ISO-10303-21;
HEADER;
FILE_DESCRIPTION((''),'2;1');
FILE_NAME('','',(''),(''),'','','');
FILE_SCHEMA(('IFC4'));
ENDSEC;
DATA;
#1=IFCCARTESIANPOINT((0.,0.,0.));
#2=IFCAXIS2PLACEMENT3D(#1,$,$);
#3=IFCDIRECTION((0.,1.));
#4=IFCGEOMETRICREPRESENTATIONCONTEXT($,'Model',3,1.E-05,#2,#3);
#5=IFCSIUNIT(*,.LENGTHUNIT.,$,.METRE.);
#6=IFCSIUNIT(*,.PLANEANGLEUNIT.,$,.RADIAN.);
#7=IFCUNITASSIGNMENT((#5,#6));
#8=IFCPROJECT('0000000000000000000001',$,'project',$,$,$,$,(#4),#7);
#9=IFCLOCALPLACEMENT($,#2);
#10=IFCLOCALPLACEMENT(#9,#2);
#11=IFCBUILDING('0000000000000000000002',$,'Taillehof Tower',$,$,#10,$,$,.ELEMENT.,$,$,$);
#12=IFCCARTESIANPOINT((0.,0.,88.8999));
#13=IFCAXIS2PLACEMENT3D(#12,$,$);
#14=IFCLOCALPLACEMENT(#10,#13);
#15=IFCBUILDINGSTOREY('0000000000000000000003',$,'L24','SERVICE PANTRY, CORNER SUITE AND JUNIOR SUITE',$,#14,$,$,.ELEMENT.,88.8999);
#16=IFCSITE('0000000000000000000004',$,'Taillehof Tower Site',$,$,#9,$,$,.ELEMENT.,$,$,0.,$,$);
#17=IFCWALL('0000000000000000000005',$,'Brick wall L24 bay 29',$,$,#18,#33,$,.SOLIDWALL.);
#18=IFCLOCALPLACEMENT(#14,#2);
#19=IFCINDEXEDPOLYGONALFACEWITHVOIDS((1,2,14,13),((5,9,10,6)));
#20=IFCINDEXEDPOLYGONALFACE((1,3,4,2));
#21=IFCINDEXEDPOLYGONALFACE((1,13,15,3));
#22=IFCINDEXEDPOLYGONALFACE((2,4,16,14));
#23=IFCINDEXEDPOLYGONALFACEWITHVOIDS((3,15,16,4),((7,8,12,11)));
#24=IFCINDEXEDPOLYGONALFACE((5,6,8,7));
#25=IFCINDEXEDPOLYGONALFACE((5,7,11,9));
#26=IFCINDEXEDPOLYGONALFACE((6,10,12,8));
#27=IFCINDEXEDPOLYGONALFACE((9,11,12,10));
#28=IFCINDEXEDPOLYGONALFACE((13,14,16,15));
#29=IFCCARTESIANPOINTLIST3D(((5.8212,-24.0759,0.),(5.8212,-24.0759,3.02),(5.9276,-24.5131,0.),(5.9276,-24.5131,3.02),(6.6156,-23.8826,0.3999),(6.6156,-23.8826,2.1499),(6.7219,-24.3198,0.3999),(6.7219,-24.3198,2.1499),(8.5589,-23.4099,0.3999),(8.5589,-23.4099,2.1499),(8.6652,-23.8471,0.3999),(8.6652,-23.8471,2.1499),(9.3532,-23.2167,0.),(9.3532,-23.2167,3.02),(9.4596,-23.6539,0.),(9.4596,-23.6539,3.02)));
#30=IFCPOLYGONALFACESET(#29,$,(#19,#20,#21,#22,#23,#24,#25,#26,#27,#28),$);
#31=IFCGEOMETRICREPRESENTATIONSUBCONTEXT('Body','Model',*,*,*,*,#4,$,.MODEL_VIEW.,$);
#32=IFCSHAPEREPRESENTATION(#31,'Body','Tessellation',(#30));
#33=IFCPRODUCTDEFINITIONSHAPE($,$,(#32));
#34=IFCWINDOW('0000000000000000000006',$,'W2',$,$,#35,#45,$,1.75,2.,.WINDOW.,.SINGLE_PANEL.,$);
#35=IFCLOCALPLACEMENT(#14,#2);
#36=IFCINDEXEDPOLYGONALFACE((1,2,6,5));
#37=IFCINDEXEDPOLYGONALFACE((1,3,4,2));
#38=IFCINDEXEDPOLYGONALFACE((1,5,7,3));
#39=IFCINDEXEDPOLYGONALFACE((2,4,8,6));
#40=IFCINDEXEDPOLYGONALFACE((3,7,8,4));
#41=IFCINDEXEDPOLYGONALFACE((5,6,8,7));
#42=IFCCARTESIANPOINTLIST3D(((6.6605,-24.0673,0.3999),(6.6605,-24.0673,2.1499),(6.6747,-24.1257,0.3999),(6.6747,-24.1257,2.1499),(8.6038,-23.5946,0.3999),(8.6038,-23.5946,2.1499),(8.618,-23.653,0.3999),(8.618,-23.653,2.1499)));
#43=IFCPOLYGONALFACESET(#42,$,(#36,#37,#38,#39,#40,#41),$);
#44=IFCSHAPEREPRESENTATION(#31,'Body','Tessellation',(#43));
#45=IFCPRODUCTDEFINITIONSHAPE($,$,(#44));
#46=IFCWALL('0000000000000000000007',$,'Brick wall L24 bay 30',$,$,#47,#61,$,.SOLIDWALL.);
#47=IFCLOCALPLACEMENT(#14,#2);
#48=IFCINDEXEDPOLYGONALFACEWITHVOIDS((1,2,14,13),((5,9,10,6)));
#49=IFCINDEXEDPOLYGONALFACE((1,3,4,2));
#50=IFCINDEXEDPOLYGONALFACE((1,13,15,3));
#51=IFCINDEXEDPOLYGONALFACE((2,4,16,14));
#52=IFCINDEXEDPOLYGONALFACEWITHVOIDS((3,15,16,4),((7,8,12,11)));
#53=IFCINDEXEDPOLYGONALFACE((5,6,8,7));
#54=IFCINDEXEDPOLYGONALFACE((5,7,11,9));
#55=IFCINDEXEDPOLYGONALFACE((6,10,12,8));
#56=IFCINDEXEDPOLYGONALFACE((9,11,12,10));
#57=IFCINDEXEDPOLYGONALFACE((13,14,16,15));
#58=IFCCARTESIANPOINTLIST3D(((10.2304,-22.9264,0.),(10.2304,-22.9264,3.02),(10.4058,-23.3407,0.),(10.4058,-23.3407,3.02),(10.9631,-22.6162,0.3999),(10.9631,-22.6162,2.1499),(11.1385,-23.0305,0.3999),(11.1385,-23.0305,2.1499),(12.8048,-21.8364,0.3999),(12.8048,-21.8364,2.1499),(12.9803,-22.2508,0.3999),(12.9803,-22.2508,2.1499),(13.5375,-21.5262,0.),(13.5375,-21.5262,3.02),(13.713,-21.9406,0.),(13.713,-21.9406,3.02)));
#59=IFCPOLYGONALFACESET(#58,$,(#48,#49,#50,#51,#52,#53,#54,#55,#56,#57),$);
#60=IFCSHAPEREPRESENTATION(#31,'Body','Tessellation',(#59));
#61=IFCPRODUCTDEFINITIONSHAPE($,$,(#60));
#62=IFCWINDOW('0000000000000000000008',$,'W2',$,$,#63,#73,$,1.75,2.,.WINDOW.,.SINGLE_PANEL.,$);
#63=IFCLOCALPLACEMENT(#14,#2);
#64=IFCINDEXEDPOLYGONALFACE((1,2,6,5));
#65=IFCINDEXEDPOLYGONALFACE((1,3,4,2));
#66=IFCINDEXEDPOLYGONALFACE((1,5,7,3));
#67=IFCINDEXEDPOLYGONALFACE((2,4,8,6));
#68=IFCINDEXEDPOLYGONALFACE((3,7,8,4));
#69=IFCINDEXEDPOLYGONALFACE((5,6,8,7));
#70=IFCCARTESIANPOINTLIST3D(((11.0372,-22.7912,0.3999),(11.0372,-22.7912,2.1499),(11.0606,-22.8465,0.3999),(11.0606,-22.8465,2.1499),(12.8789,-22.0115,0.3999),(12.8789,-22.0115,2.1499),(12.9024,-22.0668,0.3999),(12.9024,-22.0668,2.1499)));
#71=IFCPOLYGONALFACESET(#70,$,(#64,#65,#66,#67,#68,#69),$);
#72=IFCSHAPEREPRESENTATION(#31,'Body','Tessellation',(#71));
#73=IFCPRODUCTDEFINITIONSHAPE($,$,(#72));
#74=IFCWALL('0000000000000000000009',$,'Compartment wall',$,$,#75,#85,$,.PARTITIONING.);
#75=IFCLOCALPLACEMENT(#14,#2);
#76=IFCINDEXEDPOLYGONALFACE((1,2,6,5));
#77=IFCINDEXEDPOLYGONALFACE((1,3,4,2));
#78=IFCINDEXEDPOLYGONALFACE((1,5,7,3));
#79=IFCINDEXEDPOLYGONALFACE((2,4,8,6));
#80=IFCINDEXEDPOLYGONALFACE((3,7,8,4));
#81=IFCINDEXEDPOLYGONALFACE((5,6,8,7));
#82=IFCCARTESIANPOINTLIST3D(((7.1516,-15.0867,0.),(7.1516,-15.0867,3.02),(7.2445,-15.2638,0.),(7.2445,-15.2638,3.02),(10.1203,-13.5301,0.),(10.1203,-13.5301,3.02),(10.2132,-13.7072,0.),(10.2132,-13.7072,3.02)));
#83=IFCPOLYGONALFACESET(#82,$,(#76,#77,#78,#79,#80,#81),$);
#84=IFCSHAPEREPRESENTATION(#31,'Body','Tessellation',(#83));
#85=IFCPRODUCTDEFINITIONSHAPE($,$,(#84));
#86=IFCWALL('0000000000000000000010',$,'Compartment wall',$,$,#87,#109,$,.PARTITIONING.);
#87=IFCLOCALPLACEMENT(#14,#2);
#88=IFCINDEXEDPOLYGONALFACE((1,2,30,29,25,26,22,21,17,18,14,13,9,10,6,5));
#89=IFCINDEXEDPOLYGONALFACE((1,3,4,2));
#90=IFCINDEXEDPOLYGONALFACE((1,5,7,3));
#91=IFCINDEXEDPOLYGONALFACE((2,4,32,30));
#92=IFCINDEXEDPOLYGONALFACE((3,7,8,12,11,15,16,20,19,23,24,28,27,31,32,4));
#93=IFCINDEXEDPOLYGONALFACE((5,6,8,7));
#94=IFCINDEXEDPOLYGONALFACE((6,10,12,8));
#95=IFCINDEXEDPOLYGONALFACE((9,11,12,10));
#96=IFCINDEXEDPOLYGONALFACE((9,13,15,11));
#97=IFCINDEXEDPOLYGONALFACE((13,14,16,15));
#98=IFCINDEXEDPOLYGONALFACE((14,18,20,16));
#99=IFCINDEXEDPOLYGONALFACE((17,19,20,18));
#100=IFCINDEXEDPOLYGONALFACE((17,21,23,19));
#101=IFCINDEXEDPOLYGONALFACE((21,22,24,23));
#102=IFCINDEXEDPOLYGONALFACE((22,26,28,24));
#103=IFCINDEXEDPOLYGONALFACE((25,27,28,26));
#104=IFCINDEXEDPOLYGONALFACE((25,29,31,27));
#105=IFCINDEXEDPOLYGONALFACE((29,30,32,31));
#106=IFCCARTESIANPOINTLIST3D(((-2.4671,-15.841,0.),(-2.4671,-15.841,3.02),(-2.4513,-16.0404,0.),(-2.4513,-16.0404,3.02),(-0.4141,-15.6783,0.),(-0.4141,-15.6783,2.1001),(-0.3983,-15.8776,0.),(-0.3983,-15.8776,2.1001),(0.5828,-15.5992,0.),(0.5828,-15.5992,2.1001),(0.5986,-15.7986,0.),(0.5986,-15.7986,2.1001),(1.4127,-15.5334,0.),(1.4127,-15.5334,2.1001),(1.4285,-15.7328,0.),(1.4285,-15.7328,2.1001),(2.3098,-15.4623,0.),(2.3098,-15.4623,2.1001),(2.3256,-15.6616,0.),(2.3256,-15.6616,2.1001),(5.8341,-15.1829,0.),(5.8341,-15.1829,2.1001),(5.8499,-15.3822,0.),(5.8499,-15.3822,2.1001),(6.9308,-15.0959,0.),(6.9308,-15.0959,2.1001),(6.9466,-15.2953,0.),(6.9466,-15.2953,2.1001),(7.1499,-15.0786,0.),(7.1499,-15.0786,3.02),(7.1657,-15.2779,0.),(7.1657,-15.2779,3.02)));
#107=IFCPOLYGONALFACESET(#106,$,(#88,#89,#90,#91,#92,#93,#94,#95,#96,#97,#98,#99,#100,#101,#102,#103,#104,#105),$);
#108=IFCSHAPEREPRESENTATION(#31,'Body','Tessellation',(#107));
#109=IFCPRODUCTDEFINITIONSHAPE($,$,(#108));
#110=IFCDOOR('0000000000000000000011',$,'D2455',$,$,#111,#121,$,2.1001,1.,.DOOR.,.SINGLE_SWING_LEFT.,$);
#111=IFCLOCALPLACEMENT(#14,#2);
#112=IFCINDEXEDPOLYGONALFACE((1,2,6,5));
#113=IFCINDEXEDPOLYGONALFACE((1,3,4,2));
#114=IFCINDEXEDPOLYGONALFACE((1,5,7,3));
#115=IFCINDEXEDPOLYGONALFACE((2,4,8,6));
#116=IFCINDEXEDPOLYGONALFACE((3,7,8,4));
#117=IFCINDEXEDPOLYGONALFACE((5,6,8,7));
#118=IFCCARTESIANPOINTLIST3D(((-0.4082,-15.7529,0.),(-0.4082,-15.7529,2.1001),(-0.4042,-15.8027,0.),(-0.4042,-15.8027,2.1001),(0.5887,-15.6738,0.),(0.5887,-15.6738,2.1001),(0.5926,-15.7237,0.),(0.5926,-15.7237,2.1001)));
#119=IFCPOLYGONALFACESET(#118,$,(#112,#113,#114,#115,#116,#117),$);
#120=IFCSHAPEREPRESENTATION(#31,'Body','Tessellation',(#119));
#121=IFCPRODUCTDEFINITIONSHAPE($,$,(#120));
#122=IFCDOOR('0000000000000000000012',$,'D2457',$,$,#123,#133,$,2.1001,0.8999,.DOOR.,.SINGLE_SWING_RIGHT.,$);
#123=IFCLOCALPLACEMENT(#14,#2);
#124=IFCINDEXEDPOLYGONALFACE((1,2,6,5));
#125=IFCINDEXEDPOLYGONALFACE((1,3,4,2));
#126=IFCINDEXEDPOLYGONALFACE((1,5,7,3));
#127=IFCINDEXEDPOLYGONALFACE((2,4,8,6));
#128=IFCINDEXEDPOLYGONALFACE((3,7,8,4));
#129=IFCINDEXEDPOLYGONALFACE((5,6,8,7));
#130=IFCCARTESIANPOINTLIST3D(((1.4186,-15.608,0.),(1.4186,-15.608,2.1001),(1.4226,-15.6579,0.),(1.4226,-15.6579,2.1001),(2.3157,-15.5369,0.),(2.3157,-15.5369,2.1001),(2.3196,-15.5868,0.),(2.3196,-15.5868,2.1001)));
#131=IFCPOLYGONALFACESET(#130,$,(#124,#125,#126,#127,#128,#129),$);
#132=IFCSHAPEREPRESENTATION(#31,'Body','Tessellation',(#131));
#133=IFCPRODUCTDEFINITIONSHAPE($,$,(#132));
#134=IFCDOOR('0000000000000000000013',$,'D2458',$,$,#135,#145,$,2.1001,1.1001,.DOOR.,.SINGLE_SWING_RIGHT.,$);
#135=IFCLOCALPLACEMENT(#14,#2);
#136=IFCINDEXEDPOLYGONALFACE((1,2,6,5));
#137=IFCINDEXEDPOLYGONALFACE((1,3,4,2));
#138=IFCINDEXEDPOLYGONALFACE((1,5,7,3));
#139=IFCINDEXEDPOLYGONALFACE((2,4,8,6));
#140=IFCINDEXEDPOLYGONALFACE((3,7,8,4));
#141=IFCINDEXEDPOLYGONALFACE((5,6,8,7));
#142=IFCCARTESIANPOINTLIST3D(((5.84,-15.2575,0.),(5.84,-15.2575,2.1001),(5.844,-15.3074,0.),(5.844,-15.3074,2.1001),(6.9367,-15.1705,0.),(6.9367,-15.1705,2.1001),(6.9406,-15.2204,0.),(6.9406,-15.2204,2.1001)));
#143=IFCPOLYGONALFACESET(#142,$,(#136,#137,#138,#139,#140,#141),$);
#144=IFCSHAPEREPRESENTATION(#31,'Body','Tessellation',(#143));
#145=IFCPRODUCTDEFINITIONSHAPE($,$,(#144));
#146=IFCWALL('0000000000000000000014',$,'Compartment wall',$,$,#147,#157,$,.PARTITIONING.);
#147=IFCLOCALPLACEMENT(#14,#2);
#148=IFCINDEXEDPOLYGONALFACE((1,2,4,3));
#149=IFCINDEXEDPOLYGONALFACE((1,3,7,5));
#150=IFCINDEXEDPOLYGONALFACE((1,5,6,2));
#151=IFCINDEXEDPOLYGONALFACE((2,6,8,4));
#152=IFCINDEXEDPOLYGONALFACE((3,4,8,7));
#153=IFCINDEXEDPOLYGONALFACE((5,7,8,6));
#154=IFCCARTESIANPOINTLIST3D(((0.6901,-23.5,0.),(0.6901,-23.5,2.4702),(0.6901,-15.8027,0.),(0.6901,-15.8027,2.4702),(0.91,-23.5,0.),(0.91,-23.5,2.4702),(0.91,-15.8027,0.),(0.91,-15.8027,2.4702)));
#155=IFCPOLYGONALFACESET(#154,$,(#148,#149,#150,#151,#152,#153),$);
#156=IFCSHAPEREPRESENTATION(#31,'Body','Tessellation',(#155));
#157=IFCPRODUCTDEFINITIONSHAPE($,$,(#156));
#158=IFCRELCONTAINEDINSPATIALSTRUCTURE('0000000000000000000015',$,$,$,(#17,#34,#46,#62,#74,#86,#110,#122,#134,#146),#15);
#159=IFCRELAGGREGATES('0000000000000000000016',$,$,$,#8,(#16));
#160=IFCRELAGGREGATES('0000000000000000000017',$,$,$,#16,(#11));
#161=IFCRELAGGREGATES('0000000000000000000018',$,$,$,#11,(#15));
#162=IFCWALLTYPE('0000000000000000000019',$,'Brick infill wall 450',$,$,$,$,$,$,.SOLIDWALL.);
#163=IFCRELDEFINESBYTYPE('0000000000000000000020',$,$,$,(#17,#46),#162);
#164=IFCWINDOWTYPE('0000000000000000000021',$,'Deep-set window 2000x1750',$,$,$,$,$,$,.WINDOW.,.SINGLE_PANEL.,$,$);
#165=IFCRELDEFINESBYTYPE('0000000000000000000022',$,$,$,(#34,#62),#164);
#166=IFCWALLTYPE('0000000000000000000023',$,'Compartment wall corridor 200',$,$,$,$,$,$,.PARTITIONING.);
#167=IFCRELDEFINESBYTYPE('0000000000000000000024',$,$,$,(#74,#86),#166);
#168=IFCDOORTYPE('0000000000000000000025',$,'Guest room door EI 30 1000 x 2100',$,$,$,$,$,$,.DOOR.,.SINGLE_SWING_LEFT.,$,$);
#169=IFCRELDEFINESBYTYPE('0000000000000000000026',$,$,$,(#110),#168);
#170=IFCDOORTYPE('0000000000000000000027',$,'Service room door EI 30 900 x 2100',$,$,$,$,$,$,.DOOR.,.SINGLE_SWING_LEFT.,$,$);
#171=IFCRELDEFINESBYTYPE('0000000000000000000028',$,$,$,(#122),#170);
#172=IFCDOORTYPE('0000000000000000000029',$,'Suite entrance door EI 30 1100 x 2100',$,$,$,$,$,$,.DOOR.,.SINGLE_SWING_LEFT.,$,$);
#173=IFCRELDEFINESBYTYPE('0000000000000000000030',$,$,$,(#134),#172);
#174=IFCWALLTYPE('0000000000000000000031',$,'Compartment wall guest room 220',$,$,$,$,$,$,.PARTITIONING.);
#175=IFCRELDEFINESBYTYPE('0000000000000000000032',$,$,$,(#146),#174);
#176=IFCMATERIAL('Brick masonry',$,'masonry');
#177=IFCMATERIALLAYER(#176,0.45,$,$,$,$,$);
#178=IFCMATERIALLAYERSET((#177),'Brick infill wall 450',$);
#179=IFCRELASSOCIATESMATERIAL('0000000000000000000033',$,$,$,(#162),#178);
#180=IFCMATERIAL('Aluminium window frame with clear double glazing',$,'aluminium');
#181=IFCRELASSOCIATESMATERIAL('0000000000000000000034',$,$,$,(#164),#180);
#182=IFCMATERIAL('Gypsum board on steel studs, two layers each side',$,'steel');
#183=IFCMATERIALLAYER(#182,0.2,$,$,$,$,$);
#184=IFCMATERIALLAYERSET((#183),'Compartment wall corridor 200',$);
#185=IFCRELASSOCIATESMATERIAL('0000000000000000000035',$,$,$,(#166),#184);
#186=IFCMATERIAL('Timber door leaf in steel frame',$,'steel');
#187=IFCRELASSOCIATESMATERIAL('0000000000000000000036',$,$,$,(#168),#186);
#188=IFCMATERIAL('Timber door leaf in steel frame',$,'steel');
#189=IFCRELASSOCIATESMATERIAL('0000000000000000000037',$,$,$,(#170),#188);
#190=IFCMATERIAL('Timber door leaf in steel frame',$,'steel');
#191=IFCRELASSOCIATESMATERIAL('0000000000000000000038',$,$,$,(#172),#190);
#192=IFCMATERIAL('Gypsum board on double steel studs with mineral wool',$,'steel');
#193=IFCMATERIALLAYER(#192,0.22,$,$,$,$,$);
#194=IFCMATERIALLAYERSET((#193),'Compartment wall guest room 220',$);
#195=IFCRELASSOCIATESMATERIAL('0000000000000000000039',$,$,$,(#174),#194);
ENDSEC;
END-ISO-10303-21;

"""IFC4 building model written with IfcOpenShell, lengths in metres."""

from ifc_helpers import new_model, si_unit, direction, frame, frame_2d, origin, place, context, subcontext, project, spatial, rectangle, extrude, material, layer, layer_set, type_object, element, fill, save


model = new_model("IFC4")

# Units and contexts
model_context = context("Model", 3, precision=1e-05, world=origin(), true_north=direction((0.0, 1.0)))
body_context = subcontext(model_context, "Body", "Model", "MODEL_VIEW")
ifc_project = project(units=[si_unit("LENGTHUNIT", "METRE"), si_unit("PLANEANGLEUNIT", "RADIAN")], contexts=[model_context])

# Site, building, storey
site_placement = place(None, origin())
site = spatial("IfcSite", under=ifc_project, at=site_placement, Name="Taillehof Tower Site", CompositionType="ELEMENT", RefElevation=0.0)
building_placement = place(site_placement, origin())
building = spatial("IfcBuilding", under=site, at=building_placement, Name="Taillehof Tower", CompositionType="ELEMENT")
storey_placement = place(building_placement, frame((0.0, 0.0, 88.8999)))
storey = spatial("IfcBuildingStorey", under=building, at=storey_placement, Name="L24", Description="SERVICE PANTRY, CORNER SUITE AND JUNIOR SUITE", CompositionType="ELEMENT", Elevation=88.8999)

# Walls, openings, windows
ifc_material_1 = material(Name="Brick masonry", Category="masonry")
ifc_layer_1 = layer(ifc_material_1, 0.45)
ifc_layer_set_1 = layer_set([ifc_layer_1], Name="Brick infill wall 450")
wall_type_1 = type_object("IfcWallType", Name="Brick infill wall 450", PredefinedType="SOLIDWALL", material=ifc_layer_set_1)
ifc_material_2 = material(Name="Aluminium window frame with clear double glazing", Category="aluminium")
window_type = type_object("IfcWindowType", Name="Deep-set window 2000x1750", PartitioningType="SINGLE_PANEL", PredefinedType="WINDOW", material=ifc_material_2)
wall_1_placement = place(storey_placement, frame((5.8745, -24.2944, 0.0), z_axis=(0.0, 0.0, 1.0), x_axis=(0.971668, 0.236352, 0.0)))
wall_1 = element("IfcWall", 1, at=wall_1_placement, inside=storey, type_object=wall_type_1, Name="Brick wall L24 bay 29", PredefinedType="SOLIDWALL", context=body_context, shape_type="SweptSolid", body=[
    extrude(rectangle(XDim=3.635, YDim=0.45, at=frame_2d((1.8174, 0.0))), origin(), (0.0, 0.0, 1.0), 3.02),
])
opening_1_placement = place(wall_1_placement, frame((0.8174, 0.0, 0.3999)))
opening_1 = element("IfcOpeningElement", 2, at=opening_1_placement, cuts=wall_1, PredefinedType="OPENING", context=body_context, shape_type="SweptSolid", body=[
    extrude(rectangle(XDim=2.0, YDim=1.75, at=frame_2d((1.0, 0.875))), frame((0.0, 0.2349, 0.0), z_axis=(0.0, -1.0, 0.0), x_axis=(1.0, 0.0, 0.0)), (0.0, 0.0, 1.0), 0.47),
])
window_1_placement = place(opening_1_placement, origin())
window_1 = element("IfcWindow", 3, at=window_1_placement, inside=storey, type_object=window_type, Name="W2", OverallHeight=1.75, OverallWidth=2.0, PartitioningType="SINGLE_PANEL", PredefinedType="WINDOW", context=body_context, shape_type="SweptSolid", body=[
    extrude(rectangle(XDim=2.0, YDim=1.75, at=frame_2d((1.0, 0.875))), frame((0.0, 0.0349, 0.0), z_axis=(0.0, -1.0, 0.0), x_axis=(1.0, 0.0, 0.0)), (0.0, 0.0, 1.0), 0.0601),
])
fill(opening_1, window_1)
wall_2_placement = place(storey_placement, frame((10.3181, -23.1335, 0.0), z_axis=(0.0, 0.0, 1.0), x_axis=(0.92087, 0.389871, 0.0)))
wall_2 = element("IfcWall", 4, at=wall_2_placement, inside=storey, type_object=wall_type_1, Name="Brick wall L24 bay 30", PredefinedType="SOLIDWALL", context=body_context, shape_type="SweptSolid", body=[
    extrude(rectangle(XDim=3.5913, YDim=0.45, at=frame_2d((1.7957, 0.0))), origin(), (0.0, 0.0, 1.0), 3.02),
])
opening_2_placement = place(wall_2_placement, frame((0.7957, 0.0, 0.3999)))
opening_2 = element("IfcOpeningElement", 5, at=opening_2_placement, cuts=wall_2, PredefinedType="OPENING", context=body_context, shape_type="SweptSolid", body=[
    extrude(rectangle(XDim=2.0, YDim=1.75, at=frame_2d((1.0, 0.875))), frame((0.0, 0.2349, 0.0), z_axis=(0.0, -1.0, 0.0), x_axis=(1.0, 0.0, 0.0)), (0.0, 0.0, 1.0), 0.47),
])
window_2_placement = place(opening_2_placement, origin())
window_2 = element("IfcWindow", 6, at=window_2_placement, inside=storey, type_object=window_type, Name="W2", OverallHeight=1.75, OverallWidth=2.0, PartitioningType="SINGLE_PANEL", PredefinedType="WINDOW", context=body_context, shape_type="SweptSolid", body=[
    extrude(rectangle(XDim=2.0, YDim=1.75, at=frame_2d((1.0, 0.875))), frame((0.0, 0.0349, 0.0), z_axis=(0.0, -1.0, 0.0), x_axis=(1.0, 0.0, 0.0)), (0.0, 0.0, 1.0), 0.0601),
])
fill(opening_2, window_2)

# Wall
ifc_material_3 = material(Name="Gypsum board on steel studs, two layers each side", Category="steel")
ifc_layer_2 = layer(ifc_material_3, 0.2)
ifc_layer_set_2 = layer_set([ifc_layer_2], Name="Compartment wall corridor 200")
wall_type_2 = type_object("IfcWallType", Name="Compartment wall corridor 200", PredefinedType="PARTITIONING", material=ifc_layer_set_2)
wall_3_placement = place(storey_placement, frame((10.1667, -13.6187, 0.0), z_axis=(0.0, 0.0, 1.0), x_axis=(-0.885638, -0.464377, 0.0)))
element("IfcWall", 7, at=wall_3_placement, inside=storey, type_object=wall_type_2, Name="Compartment wall", PredefinedType="PARTITIONING", context=body_context, shape_type="SweptSolid", body=[
    extrude(rectangle(XDim=3.3521, YDim=0.2, at=frame_2d((1.676, 0.0))), origin(), (0.0, 0.0, 1.0), 3.02),
])

# Wall, openings, doors
wall_4_placement = place(storey_placement, frame((7.158, -15.1782, 0.0), z_axis=(0.0, 0.0, 1.0), x_axis=(-0.996872, -0.079034, 0.0)))
wall_4 = element("IfcWall", 8, at=wall_4_placement, inside=storey, type_object=wall_type_2, Name="Compartment wall", PredefinedType="PARTITIONING", context=body_context, shape_type="SweptSolid", body=[
    extrude(rectangle(XDim=9.6472, YDim=0.2, at=frame_2d((4.8237, 0.0))), origin(), (0.0, 0.0, 1.0), 3.02),
])
opening_3_placement = place(wall_4_placement, frame((6.5879, 0.0, 0.0)))
opening_3 = element("IfcOpeningElement", 9, at=opening_3_placement, cuts=wall_4, PredefinedType="OPENING", context=body_context, shape_type="SweptSolid", body=[
    extrude(rectangle(XDim=1.0, YDim=2.1001, at=frame_2d((0.5, 1.05))), frame((0.0, 0.1099, 0.0), z_axis=(0.0, -1.0, 0.0), x_axis=(1.0, 0.0, 0.0)), (0.0, 0.0, 1.0), 0.22),
])
opening_4_placement = place(wall_4_placement, frame((4.8555, 0.0, 0.0)))
opening_4 = element("IfcOpeningElement", 10, at=opening_4_placement, cuts=wall_4, PredefinedType="OPENING", context=body_context, shape_type="SweptSolid", body=[
    extrude(rectangle(XDim=0.8999, YDim=2.1001, at=frame_2d((0.45, 1.05))), frame((0.0, 0.1099, 0.0), z_axis=(0.0, -1.0, 0.0), x_axis=(1.0, 0.0, 0.0)), (0.0, 0.0, 1.0), 0.22),
])
opening_5_placement = place(wall_4_placement, frame((0.22, 0.0, 0.0)))
opening_5 = element("IfcOpeningElement", 11, at=opening_5_placement, cuts=wall_4, PredefinedType="OPENING", context=body_context, shape_type="SweptSolid", body=[
    extrude(rectangle(XDim=1.1001, YDim=2.1001, at=frame_2d((0.55, 1.05))), frame((0.0, 0.1099, 0.0), z_axis=(0.0, -1.0, 0.0), x_axis=(1.0, 0.0, 0.0)), (0.0, 0.0, 1.0), 0.22),
])
ifc_material_4 = material(Name="Timber door leaf in steel frame", Category="steel")
door_type_1 = type_object("IfcDoorType", Name="Guest room door EI 30 1000 x 2100", OperationType="SINGLE_SWING_LEFT", PredefinedType="DOOR", material=ifc_material_4)
door_1_placement = place(opening_3_placement, origin())
door_1 = element("IfcDoor", 12, at=door_1_placement, inside=storey, type_object=door_type_1, Name="D2455", OperationType="SINGLE_SWING_LEFT", OverallHeight=2.1001, OverallWidth=1.0, PredefinedType="DOOR", context=body_context, shape_type="SweptSolid", body=[
    extrude(rectangle(XDim=1.0, YDim=2.1001, at=frame_2d((0.5, 1.05))), frame((0.0, 0.0249, 0.0), z_axis=(0.0, -1.0, 0.0), x_axis=(1.0, 0.0, 0.0)), (0.0, 0.0, 1.0), 0.05),
])
fill(opening_3, door_1)
ifc_material_5 = material(Name="Timber door leaf in steel frame", Category="steel")
door_type_2 = type_object("IfcDoorType", Name="Service room door EI 30 900 x 2100", OperationType="SINGLE_SWING_LEFT", PredefinedType="DOOR", material=ifc_material_5)
door_2_placement = place(opening_4_placement, origin())
door_2 = element("IfcDoor", 13, at=door_2_placement, inside=storey, type_object=door_type_2, Name="D2457", OperationType="SINGLE_SWING_RIGHT", OverallHeight=2.1001, OverallWidth=0.8999, PredefinedType="DOOR", context=body_context, shape_type="SweptSolid", body=[
    extrude(rectangle(XDim=0.8999, YDim=2.1001, at=frame_2d((0.45, 1.05))), frame((0.0, 0.0249, 0.0), z_axis=(0.0, -1.0, 0.0), x_axis=(1.0, 0.0, 0.0)), (0.0, 0.0, 1.0), 0.05),
])
fill(opening_4, door_2)
ifc_material_6 = material(Name="Timber door leaf in steel frame", Category="steel")
door_type_3 = type_object("IfcDoorType", Name="Suite entrance door EI 30 1100 x 2100", OperationType="SINGLE_SWING_LEFT", PredefinedType="DOOR", material=ifc_material_6)
door_3_placement = place(opening_5_placement, origin())
door_3 = element("IfcDoor", 14, at=door_3_placement, inside=storey, type_object=door_type_3, Name="D2458", OperationType="SINGLE_SWING_RIGHT", OverallHeight=2.1001, OverallWidth=1.1001, PredefinedType="DOOR", context=body_context, shape_type="SweptSolid", body=[
    extrude(rectangle(XDim=1.1001, YDim=2.1001, at=frame_2d((0.55, 1.05))), frame((0.0, 0.0249, 0.0), z_axis=(0.0, -1.0, 0.0), x_axis=(1.0, 0.0, 0.0)), (0.0, 0.0, 1.0), 0.05),
])
fill(opening_5, door_3)

# Wall
ifc_material_7 = material(Name="Gypsum board on double steel studs with mineral wool", Category="steel")
ifc_layer_3 = layer(ifc_material_7, 0.22)
ifc_layer_set_3 = layer_set([ifc_layer_3], Name="Compartment wall guest room 220")
wall_type_3 = type_object("IfcWallType", Name="Compartment wall guest room 220", PredefinedType="PARTITIONING", material=ifc_layer_set_3)
for number, where, z_axis, x_axis, name in (
    (15, (0.8, -23.5, 0.0), (0.0, 0.0, 1.0), (0.0, 1.0, 0.0), "Compartment wall"),
):
    element("IfcWall", number, at=place(storey_placement, frame(where, z_axis=z_axis, x_axis=x_axis)), inside=storey, type_object=wall_type_3, Name=name, PredefinedType="PARTITIONING", context=body_context, shape_type="SweptSolid", body=[
        extrude(rectangle(XDim=7.6973, YDim=0.22, at=frame_2d((3.8486, 0.0))), origin(), (0.0, 0.0, 1.0), 2.4702),
    ])

save(model, "model.ifc")
